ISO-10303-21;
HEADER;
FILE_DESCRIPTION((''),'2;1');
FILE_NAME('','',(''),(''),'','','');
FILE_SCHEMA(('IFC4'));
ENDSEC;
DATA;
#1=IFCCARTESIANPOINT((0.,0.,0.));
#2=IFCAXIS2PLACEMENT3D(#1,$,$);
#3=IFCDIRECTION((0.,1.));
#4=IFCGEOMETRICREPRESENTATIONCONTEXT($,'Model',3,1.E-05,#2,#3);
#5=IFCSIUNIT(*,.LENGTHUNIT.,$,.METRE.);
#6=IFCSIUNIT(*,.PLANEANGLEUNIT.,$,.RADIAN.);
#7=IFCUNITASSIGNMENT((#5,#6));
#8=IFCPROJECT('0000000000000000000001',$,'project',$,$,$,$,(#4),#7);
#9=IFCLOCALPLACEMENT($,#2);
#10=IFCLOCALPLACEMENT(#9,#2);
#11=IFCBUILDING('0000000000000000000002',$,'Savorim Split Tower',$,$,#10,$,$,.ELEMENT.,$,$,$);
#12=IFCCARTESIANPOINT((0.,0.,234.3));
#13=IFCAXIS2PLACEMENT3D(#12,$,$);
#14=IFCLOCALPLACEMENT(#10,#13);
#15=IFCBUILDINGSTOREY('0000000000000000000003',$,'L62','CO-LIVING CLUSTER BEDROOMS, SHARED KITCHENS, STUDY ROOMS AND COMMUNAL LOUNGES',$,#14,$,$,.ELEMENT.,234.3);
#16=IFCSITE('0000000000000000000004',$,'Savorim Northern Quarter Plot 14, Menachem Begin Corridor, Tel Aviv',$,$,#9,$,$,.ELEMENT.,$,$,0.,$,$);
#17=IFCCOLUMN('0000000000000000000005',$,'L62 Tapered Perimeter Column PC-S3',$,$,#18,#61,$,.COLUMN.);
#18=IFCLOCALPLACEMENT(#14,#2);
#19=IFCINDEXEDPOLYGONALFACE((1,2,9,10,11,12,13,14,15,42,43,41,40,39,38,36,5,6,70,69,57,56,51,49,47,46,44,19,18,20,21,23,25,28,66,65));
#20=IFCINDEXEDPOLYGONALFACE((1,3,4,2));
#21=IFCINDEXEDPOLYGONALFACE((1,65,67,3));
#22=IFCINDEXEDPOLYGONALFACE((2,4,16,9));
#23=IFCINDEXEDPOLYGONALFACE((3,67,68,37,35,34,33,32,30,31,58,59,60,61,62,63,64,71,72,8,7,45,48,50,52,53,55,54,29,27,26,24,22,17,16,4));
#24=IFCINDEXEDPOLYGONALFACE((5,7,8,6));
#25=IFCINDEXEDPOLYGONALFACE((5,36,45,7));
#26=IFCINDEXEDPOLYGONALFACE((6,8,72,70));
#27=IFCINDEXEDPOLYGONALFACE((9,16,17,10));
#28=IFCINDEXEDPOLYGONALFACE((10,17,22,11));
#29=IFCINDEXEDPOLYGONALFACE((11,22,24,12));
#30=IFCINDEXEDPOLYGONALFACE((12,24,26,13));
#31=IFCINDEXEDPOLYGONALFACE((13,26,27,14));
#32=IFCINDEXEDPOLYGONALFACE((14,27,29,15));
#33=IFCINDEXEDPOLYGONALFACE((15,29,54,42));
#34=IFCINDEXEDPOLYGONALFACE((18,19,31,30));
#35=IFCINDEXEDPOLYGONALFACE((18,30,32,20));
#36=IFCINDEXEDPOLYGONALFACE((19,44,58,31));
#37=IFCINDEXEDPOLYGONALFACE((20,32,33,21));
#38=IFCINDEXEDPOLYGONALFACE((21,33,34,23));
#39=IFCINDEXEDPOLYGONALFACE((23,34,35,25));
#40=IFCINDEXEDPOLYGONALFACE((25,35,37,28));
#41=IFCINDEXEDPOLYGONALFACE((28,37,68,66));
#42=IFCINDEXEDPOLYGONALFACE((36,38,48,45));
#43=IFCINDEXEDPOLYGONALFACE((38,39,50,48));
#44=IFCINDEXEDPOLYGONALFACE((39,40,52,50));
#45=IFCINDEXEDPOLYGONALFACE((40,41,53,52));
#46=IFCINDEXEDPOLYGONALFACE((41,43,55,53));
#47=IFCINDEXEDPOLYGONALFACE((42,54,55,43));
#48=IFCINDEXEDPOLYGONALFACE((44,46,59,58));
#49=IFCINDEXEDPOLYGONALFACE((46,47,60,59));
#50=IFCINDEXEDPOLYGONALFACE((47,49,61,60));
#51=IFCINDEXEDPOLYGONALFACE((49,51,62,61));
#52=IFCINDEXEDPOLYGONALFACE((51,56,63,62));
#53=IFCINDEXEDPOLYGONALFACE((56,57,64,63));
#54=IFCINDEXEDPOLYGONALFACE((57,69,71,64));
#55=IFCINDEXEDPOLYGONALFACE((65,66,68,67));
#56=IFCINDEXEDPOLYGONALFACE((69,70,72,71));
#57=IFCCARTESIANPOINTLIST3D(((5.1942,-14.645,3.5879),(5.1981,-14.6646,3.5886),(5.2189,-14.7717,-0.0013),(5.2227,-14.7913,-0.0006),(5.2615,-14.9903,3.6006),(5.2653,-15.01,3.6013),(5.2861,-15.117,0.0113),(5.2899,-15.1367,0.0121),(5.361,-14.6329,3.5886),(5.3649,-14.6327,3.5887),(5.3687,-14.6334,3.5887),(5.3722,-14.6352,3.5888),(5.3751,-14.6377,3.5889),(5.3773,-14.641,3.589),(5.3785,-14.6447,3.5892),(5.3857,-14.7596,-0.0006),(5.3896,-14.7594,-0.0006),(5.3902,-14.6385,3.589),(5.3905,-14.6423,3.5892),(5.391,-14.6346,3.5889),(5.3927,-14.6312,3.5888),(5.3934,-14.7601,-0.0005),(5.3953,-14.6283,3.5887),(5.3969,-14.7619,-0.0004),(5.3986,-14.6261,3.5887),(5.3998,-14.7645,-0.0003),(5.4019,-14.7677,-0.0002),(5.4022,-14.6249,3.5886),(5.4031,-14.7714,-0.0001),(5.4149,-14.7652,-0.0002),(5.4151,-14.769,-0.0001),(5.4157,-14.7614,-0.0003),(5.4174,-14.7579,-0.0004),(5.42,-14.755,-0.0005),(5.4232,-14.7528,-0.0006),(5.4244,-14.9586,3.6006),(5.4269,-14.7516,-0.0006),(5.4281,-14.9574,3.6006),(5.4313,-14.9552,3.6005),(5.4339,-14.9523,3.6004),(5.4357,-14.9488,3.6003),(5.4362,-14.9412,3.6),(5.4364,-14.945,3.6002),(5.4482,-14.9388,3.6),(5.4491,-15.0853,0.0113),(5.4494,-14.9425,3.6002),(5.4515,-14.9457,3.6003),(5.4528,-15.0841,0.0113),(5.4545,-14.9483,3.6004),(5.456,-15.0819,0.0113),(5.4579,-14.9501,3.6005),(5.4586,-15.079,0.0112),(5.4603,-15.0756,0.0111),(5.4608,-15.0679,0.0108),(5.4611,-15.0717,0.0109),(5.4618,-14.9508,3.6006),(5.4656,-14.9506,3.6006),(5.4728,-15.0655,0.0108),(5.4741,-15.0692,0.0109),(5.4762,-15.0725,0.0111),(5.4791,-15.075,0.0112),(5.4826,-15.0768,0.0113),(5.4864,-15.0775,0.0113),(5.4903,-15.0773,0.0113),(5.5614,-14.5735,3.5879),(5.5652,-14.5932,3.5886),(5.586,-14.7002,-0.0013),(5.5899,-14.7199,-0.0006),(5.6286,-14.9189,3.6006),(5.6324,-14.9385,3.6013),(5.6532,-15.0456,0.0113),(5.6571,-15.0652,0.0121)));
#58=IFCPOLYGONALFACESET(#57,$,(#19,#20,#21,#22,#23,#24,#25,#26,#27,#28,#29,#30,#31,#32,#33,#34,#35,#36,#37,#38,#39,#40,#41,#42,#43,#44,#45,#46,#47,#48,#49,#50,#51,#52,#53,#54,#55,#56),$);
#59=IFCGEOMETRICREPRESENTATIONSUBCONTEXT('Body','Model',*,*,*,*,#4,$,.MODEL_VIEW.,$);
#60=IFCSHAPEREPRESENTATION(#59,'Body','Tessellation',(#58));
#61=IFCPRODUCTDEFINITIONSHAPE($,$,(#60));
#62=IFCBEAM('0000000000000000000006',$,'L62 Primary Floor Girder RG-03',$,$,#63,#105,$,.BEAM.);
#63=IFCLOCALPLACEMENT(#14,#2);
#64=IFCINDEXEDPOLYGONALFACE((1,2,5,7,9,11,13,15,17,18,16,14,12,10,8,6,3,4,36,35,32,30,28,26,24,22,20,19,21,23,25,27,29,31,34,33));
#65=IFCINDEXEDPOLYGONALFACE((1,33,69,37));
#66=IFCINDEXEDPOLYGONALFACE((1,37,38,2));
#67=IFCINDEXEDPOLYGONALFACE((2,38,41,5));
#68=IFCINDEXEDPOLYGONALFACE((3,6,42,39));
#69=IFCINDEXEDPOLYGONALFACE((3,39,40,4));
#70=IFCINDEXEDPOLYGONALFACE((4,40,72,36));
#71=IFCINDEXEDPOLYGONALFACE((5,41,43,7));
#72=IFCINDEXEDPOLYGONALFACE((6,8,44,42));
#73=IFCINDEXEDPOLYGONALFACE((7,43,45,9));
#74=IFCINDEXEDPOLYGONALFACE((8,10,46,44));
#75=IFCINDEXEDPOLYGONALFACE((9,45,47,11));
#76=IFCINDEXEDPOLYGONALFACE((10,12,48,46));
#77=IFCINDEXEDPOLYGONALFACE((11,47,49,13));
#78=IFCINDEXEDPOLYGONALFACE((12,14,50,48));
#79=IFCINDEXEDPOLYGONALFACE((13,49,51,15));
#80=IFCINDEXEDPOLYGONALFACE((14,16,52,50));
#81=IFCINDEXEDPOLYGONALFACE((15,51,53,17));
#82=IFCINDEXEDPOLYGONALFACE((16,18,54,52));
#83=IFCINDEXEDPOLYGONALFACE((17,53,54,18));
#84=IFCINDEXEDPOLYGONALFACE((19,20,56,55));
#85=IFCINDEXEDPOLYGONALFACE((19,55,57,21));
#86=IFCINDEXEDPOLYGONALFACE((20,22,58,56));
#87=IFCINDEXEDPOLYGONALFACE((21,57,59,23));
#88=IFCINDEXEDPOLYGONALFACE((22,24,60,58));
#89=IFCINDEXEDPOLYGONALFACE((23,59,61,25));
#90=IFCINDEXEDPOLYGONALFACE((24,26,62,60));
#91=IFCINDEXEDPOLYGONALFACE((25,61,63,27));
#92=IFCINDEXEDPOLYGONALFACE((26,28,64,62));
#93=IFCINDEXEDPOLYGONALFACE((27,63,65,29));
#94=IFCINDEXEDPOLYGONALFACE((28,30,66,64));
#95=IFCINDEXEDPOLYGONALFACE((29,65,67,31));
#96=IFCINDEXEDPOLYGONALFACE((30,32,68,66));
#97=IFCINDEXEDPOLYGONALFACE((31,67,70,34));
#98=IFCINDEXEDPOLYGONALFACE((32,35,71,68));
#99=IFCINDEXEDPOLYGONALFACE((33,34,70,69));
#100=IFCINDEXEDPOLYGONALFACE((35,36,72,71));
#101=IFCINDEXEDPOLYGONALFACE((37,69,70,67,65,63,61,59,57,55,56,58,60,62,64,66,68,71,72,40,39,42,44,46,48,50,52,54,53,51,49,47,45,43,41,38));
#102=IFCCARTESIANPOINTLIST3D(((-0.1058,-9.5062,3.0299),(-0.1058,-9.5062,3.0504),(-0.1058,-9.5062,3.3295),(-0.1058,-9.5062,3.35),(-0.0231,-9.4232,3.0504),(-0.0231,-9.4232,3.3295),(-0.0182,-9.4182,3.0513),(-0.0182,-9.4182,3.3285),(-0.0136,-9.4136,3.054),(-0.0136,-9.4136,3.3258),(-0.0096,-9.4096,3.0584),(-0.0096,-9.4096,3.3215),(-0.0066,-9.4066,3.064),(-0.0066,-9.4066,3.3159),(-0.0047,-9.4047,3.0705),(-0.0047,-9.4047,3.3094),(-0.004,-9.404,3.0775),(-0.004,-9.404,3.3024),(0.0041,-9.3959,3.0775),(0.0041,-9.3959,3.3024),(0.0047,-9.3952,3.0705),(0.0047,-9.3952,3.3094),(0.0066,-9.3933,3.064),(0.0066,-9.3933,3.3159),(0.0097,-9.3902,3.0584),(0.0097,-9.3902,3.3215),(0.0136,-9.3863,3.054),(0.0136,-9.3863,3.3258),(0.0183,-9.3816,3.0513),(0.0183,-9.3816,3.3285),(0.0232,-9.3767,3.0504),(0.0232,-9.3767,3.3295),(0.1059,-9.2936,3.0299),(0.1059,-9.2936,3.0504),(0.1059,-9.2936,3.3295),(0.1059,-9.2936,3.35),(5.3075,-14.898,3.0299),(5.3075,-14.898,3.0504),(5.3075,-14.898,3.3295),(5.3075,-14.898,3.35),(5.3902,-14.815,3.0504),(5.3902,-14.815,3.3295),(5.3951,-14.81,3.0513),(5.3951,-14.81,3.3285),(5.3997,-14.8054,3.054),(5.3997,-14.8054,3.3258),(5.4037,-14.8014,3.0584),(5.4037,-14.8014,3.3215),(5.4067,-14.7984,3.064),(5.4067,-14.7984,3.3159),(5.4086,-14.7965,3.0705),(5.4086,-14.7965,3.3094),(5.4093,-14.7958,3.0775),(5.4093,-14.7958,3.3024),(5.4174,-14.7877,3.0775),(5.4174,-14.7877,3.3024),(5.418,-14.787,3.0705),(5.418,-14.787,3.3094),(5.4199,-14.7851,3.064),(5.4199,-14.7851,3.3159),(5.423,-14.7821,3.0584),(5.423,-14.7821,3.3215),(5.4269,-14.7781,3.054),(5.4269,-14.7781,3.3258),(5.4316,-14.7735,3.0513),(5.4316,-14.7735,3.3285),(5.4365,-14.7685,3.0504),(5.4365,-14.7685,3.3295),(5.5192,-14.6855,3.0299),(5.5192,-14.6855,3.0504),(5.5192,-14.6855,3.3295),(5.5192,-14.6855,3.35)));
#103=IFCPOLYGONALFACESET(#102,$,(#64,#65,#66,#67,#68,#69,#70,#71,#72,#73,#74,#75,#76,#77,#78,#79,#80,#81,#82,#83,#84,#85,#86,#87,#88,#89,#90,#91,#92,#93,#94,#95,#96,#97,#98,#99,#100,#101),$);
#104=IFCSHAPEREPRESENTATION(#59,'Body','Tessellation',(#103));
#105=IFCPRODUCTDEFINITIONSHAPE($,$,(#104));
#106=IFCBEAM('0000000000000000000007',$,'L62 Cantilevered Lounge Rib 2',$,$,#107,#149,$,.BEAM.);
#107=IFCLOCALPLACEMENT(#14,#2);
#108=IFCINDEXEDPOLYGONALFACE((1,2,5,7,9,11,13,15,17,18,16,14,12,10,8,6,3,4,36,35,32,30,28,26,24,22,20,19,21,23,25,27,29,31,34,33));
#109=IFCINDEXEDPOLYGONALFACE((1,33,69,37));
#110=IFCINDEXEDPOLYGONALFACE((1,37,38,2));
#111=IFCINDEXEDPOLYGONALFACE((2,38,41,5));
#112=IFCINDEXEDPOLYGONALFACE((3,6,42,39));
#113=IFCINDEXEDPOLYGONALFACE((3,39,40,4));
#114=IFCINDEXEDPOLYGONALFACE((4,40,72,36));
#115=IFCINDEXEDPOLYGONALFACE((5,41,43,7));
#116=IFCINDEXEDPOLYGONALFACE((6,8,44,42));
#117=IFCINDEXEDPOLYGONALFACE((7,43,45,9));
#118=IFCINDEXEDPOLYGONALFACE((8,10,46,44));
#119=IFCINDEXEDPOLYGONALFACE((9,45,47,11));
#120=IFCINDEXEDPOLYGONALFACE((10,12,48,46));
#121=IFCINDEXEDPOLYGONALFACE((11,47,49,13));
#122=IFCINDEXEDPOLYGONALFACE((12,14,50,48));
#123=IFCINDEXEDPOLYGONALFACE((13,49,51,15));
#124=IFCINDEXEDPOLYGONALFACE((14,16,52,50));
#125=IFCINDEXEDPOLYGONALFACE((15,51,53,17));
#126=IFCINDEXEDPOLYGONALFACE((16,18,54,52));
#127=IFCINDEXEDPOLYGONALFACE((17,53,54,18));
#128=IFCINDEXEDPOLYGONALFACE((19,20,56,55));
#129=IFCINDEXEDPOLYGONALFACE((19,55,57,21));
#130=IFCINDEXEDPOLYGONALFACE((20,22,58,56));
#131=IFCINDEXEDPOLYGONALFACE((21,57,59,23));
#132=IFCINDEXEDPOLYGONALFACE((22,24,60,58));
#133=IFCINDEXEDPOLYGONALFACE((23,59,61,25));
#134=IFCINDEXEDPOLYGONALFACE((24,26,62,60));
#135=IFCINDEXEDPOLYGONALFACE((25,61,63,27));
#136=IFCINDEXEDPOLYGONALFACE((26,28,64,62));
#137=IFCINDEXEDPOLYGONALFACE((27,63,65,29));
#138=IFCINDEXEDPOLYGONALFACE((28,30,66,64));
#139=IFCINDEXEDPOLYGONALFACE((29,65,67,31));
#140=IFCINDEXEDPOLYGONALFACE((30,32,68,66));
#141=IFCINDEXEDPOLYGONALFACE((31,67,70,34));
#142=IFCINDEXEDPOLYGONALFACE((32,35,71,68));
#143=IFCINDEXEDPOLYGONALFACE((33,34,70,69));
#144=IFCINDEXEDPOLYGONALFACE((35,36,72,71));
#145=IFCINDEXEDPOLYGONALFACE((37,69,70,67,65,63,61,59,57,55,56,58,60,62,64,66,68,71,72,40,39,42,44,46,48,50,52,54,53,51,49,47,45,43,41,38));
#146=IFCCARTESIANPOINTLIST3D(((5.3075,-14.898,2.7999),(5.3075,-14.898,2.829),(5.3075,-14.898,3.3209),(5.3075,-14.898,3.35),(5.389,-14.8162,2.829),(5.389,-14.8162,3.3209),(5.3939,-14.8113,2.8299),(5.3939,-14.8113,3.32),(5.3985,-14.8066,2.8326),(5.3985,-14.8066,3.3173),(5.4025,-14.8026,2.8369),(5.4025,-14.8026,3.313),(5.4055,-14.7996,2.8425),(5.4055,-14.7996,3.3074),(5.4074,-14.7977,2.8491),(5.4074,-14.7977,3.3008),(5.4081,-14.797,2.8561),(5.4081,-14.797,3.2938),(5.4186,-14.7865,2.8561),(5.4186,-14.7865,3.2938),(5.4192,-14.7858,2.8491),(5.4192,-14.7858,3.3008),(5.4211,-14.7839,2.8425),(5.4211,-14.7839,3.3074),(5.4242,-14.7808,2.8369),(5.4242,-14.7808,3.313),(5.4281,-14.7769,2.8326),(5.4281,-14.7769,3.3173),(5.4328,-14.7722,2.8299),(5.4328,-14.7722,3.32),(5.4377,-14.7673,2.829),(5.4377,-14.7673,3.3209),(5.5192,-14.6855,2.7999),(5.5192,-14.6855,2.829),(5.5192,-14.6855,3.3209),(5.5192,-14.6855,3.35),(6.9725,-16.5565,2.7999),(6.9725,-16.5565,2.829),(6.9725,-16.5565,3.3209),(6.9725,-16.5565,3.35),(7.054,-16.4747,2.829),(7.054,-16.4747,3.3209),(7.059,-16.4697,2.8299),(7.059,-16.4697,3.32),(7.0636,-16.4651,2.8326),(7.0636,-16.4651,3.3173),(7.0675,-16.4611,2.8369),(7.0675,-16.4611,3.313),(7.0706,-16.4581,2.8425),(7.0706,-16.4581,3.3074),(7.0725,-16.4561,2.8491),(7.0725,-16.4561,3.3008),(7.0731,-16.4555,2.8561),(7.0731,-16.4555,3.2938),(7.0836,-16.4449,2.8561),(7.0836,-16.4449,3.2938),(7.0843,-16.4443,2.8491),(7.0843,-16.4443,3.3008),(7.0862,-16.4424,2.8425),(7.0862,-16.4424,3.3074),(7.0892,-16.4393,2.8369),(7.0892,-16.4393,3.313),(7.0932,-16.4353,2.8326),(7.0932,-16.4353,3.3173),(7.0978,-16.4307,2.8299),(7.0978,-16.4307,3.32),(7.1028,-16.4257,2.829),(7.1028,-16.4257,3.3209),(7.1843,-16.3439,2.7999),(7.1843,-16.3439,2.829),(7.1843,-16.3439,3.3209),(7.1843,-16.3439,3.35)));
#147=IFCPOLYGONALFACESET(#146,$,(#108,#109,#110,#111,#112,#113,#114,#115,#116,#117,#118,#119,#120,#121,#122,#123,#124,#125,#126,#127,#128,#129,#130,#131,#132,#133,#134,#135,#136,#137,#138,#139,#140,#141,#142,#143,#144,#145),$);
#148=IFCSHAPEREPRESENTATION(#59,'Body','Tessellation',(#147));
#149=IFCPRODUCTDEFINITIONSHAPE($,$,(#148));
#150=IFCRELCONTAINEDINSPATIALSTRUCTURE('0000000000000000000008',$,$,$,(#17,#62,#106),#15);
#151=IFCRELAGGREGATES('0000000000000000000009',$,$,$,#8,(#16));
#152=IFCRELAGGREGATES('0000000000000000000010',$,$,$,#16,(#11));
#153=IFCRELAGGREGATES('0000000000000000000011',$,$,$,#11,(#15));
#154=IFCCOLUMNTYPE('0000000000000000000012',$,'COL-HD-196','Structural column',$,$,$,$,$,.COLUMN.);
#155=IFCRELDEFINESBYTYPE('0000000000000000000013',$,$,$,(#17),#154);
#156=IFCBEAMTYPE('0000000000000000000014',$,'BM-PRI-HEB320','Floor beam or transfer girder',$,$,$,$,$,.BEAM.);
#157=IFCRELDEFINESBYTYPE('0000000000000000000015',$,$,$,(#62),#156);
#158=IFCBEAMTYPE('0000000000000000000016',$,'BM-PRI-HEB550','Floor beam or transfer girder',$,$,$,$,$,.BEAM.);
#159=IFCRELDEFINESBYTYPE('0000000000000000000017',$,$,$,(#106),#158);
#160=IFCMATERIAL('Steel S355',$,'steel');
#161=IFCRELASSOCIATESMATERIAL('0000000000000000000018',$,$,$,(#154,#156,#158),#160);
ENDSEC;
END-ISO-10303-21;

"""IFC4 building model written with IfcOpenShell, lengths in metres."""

from ifc_helpers import new_model, si_unit, direction, frame, origin, origin_2d, place, context, subcontext, project, spatial, i_section, extrude, material, material_profile, profile_set, type_object, element, save


model = new_model("IFC4")

# Units and contexts
model_context = context("Model", 3, precision=1e-05, world=origin(), true_north=direction((0.0, 1.0)))
body_context = subcontext(model_context, "Body", "Model", "MODEL_VIEW")
ifc_project = project(units=[si_unit("LENGTHUNIT", "METRE"), si_unit("PLANEANGLEUNIT", "RADIAN")], contexts=[model_context])

# Site, building, storey
site_placement = place(None, origin())
site = spatial("IfcSite", under=ifc_project, at=site_placement, Name="Savorim Northern Quarter Plot 14, Menachem Begin Corridor, Tel Aviv", CompositionType="ELEMENT", RefElevation=0.0)
building_placement = place(site_placement, origin())
building = spatial("IfcBuilding", under=site, at=building_placement, Name="Savorim Split Tower", CompositionType="ELEMENT")
storey_placement = place(building_placement, frame((0.0, 0.0, 234.3)))
storey = spatial("IfcBuildingStorey", under=building, at=storey_placement, Name="L62", Description="CO-LIVING CLUSTER BEDROOMS, SHARED KITCHENS, STUDY ROOMS AND COMMUNAL LOUNGES", CompositionType="ELEMENT", Elevation=234.3)

# Column
ifc_material_1 = material(Name="Steel S355", Category="steel")
ifc_material_profile_1 = material_profile(ifc_material_1, i_section(OverallWidth=0.374, OverallDepth=0.3721, WebThickness=0.0122, FlangeThickness=0.02, FilletRadius=0.0149, at=origin_2d()), Name="HD 360x196")
ifc_profile_set_1 = profile_set([ifc_material_profile_1], Name="Steel S355")
column_type = type_object("IfcColumnType", Name="COL-HD-196", Description="Structural column", PredefinedType="COLUMN", material=ifc_profile_set_1)
column_placement = place(storey_placement, frame((5.438, -14.9185, 0.0054), z_axis=(-0.006866, 0.035281, 0.999354), x_axis=(-0.981586, -0.191022, 0.0)))
element("IfcColumn", 1, at=column_placement, inside=storey, type_object=column_type, Name="L62 Tapered Perimeter Column PC-S3", PredefinedType="COLUMN", context=body_context, shape_type="SweptSolid", body=[
    extrude(i_section(OverallWidth=0.374, OverallDepth=0.3721, WebThickness=0.0122, FlangeThickness=0.02, FilletRadius=0.0149, at=origin_2d()), origin(), (0.0, 0.0, 1.0), 3.5916),
])

# Beams
ifc_material_profile_2 = material_profile(ifc_material_1, i_section(OverallWidth=0.3, OverallDepth=0.3201, WebThickness=0.0115, FlangeThickness=0.0205, FilletRadius=0.0271, at=origin_2d()), Name="HEB 320")
ifc_profile_set_2 = profile_set([ifc_material_profile_2], Name="Steel S355")
beam_type_1 = type_object("IfcBeamType", Name="BM-PRI-HEB320", Description="Floor beam or transfer girder", PredefinedType="BEAM", material=ifc_profile_set_2)
beam_1_placement = place(storey_placement, frame((5.4133, -14.7917, 3.1899), z_axis=(-0.708511, 0.705699, 0.0), x_axis=(-0.705699, -0.708511, 0.0)))
element("IfcBeam", 2, at=beam_1_placement, inside=storey, type_object=beam_type_1, Name="L62 Primary Floor Girder RG-03", PredefinedType="BEAM", context=body_context, shape_type="SweptSolid", body=[
    extrude(i_section(OverallWidth=0.3, OverallDepth=0.3201, WebThickness=0.0115, FlangeThickness=0.0205, FilletRadius=0.0271, at=origin_2d()), origin(), (0.0, 0.0, 1.0), 7.6404),
])
ifc_material_profile_3 = material_profile(ifc_material_1, i_section(OverallWidth=0.3, OverallDepth=0.55, WebThickness=0.0149, FlangeThickness=0.0291, FilletRadius=0.0271, at=origin_2d()), Name="HEB 550")
ifc_profile_set_3 = profile_set([ifc_material_profile_3], Name="Steel S355")
beam_type_2 = type_object("IfcBeamType", Name="BM-PRI-HEB550", Description="Floor beam or transfer girder", PredefinedType="BEAM", material=ifc_profile_set_3)
beam_2_placement = place(storey_placement, frame((5.4133, -14.7917, 3.075), z_axis=(0.708508, -0.705703, 0.0), x_axis=(0.705703, 0.708508, 0.0)))
element("IfcBeam", 3, at=beam_2_placement, inside=storey, type_object=beam_type_2, Name="L62 Cantilevered Lounge Rib 2", PredefinedType="BEAM", context=body_context, shape_type="SweptSolid", body=[
    extrude(i_section(OverallWidth=0.3, OverallDepth=0.55, WebThickness=0.0149, FlangeThickness=0.0291, FilletRadius=0.0271, at=origin_2d()), origin(), (0.0, 0.0, 1.0), 2.3501),
])

save(model, "model.ifc")
